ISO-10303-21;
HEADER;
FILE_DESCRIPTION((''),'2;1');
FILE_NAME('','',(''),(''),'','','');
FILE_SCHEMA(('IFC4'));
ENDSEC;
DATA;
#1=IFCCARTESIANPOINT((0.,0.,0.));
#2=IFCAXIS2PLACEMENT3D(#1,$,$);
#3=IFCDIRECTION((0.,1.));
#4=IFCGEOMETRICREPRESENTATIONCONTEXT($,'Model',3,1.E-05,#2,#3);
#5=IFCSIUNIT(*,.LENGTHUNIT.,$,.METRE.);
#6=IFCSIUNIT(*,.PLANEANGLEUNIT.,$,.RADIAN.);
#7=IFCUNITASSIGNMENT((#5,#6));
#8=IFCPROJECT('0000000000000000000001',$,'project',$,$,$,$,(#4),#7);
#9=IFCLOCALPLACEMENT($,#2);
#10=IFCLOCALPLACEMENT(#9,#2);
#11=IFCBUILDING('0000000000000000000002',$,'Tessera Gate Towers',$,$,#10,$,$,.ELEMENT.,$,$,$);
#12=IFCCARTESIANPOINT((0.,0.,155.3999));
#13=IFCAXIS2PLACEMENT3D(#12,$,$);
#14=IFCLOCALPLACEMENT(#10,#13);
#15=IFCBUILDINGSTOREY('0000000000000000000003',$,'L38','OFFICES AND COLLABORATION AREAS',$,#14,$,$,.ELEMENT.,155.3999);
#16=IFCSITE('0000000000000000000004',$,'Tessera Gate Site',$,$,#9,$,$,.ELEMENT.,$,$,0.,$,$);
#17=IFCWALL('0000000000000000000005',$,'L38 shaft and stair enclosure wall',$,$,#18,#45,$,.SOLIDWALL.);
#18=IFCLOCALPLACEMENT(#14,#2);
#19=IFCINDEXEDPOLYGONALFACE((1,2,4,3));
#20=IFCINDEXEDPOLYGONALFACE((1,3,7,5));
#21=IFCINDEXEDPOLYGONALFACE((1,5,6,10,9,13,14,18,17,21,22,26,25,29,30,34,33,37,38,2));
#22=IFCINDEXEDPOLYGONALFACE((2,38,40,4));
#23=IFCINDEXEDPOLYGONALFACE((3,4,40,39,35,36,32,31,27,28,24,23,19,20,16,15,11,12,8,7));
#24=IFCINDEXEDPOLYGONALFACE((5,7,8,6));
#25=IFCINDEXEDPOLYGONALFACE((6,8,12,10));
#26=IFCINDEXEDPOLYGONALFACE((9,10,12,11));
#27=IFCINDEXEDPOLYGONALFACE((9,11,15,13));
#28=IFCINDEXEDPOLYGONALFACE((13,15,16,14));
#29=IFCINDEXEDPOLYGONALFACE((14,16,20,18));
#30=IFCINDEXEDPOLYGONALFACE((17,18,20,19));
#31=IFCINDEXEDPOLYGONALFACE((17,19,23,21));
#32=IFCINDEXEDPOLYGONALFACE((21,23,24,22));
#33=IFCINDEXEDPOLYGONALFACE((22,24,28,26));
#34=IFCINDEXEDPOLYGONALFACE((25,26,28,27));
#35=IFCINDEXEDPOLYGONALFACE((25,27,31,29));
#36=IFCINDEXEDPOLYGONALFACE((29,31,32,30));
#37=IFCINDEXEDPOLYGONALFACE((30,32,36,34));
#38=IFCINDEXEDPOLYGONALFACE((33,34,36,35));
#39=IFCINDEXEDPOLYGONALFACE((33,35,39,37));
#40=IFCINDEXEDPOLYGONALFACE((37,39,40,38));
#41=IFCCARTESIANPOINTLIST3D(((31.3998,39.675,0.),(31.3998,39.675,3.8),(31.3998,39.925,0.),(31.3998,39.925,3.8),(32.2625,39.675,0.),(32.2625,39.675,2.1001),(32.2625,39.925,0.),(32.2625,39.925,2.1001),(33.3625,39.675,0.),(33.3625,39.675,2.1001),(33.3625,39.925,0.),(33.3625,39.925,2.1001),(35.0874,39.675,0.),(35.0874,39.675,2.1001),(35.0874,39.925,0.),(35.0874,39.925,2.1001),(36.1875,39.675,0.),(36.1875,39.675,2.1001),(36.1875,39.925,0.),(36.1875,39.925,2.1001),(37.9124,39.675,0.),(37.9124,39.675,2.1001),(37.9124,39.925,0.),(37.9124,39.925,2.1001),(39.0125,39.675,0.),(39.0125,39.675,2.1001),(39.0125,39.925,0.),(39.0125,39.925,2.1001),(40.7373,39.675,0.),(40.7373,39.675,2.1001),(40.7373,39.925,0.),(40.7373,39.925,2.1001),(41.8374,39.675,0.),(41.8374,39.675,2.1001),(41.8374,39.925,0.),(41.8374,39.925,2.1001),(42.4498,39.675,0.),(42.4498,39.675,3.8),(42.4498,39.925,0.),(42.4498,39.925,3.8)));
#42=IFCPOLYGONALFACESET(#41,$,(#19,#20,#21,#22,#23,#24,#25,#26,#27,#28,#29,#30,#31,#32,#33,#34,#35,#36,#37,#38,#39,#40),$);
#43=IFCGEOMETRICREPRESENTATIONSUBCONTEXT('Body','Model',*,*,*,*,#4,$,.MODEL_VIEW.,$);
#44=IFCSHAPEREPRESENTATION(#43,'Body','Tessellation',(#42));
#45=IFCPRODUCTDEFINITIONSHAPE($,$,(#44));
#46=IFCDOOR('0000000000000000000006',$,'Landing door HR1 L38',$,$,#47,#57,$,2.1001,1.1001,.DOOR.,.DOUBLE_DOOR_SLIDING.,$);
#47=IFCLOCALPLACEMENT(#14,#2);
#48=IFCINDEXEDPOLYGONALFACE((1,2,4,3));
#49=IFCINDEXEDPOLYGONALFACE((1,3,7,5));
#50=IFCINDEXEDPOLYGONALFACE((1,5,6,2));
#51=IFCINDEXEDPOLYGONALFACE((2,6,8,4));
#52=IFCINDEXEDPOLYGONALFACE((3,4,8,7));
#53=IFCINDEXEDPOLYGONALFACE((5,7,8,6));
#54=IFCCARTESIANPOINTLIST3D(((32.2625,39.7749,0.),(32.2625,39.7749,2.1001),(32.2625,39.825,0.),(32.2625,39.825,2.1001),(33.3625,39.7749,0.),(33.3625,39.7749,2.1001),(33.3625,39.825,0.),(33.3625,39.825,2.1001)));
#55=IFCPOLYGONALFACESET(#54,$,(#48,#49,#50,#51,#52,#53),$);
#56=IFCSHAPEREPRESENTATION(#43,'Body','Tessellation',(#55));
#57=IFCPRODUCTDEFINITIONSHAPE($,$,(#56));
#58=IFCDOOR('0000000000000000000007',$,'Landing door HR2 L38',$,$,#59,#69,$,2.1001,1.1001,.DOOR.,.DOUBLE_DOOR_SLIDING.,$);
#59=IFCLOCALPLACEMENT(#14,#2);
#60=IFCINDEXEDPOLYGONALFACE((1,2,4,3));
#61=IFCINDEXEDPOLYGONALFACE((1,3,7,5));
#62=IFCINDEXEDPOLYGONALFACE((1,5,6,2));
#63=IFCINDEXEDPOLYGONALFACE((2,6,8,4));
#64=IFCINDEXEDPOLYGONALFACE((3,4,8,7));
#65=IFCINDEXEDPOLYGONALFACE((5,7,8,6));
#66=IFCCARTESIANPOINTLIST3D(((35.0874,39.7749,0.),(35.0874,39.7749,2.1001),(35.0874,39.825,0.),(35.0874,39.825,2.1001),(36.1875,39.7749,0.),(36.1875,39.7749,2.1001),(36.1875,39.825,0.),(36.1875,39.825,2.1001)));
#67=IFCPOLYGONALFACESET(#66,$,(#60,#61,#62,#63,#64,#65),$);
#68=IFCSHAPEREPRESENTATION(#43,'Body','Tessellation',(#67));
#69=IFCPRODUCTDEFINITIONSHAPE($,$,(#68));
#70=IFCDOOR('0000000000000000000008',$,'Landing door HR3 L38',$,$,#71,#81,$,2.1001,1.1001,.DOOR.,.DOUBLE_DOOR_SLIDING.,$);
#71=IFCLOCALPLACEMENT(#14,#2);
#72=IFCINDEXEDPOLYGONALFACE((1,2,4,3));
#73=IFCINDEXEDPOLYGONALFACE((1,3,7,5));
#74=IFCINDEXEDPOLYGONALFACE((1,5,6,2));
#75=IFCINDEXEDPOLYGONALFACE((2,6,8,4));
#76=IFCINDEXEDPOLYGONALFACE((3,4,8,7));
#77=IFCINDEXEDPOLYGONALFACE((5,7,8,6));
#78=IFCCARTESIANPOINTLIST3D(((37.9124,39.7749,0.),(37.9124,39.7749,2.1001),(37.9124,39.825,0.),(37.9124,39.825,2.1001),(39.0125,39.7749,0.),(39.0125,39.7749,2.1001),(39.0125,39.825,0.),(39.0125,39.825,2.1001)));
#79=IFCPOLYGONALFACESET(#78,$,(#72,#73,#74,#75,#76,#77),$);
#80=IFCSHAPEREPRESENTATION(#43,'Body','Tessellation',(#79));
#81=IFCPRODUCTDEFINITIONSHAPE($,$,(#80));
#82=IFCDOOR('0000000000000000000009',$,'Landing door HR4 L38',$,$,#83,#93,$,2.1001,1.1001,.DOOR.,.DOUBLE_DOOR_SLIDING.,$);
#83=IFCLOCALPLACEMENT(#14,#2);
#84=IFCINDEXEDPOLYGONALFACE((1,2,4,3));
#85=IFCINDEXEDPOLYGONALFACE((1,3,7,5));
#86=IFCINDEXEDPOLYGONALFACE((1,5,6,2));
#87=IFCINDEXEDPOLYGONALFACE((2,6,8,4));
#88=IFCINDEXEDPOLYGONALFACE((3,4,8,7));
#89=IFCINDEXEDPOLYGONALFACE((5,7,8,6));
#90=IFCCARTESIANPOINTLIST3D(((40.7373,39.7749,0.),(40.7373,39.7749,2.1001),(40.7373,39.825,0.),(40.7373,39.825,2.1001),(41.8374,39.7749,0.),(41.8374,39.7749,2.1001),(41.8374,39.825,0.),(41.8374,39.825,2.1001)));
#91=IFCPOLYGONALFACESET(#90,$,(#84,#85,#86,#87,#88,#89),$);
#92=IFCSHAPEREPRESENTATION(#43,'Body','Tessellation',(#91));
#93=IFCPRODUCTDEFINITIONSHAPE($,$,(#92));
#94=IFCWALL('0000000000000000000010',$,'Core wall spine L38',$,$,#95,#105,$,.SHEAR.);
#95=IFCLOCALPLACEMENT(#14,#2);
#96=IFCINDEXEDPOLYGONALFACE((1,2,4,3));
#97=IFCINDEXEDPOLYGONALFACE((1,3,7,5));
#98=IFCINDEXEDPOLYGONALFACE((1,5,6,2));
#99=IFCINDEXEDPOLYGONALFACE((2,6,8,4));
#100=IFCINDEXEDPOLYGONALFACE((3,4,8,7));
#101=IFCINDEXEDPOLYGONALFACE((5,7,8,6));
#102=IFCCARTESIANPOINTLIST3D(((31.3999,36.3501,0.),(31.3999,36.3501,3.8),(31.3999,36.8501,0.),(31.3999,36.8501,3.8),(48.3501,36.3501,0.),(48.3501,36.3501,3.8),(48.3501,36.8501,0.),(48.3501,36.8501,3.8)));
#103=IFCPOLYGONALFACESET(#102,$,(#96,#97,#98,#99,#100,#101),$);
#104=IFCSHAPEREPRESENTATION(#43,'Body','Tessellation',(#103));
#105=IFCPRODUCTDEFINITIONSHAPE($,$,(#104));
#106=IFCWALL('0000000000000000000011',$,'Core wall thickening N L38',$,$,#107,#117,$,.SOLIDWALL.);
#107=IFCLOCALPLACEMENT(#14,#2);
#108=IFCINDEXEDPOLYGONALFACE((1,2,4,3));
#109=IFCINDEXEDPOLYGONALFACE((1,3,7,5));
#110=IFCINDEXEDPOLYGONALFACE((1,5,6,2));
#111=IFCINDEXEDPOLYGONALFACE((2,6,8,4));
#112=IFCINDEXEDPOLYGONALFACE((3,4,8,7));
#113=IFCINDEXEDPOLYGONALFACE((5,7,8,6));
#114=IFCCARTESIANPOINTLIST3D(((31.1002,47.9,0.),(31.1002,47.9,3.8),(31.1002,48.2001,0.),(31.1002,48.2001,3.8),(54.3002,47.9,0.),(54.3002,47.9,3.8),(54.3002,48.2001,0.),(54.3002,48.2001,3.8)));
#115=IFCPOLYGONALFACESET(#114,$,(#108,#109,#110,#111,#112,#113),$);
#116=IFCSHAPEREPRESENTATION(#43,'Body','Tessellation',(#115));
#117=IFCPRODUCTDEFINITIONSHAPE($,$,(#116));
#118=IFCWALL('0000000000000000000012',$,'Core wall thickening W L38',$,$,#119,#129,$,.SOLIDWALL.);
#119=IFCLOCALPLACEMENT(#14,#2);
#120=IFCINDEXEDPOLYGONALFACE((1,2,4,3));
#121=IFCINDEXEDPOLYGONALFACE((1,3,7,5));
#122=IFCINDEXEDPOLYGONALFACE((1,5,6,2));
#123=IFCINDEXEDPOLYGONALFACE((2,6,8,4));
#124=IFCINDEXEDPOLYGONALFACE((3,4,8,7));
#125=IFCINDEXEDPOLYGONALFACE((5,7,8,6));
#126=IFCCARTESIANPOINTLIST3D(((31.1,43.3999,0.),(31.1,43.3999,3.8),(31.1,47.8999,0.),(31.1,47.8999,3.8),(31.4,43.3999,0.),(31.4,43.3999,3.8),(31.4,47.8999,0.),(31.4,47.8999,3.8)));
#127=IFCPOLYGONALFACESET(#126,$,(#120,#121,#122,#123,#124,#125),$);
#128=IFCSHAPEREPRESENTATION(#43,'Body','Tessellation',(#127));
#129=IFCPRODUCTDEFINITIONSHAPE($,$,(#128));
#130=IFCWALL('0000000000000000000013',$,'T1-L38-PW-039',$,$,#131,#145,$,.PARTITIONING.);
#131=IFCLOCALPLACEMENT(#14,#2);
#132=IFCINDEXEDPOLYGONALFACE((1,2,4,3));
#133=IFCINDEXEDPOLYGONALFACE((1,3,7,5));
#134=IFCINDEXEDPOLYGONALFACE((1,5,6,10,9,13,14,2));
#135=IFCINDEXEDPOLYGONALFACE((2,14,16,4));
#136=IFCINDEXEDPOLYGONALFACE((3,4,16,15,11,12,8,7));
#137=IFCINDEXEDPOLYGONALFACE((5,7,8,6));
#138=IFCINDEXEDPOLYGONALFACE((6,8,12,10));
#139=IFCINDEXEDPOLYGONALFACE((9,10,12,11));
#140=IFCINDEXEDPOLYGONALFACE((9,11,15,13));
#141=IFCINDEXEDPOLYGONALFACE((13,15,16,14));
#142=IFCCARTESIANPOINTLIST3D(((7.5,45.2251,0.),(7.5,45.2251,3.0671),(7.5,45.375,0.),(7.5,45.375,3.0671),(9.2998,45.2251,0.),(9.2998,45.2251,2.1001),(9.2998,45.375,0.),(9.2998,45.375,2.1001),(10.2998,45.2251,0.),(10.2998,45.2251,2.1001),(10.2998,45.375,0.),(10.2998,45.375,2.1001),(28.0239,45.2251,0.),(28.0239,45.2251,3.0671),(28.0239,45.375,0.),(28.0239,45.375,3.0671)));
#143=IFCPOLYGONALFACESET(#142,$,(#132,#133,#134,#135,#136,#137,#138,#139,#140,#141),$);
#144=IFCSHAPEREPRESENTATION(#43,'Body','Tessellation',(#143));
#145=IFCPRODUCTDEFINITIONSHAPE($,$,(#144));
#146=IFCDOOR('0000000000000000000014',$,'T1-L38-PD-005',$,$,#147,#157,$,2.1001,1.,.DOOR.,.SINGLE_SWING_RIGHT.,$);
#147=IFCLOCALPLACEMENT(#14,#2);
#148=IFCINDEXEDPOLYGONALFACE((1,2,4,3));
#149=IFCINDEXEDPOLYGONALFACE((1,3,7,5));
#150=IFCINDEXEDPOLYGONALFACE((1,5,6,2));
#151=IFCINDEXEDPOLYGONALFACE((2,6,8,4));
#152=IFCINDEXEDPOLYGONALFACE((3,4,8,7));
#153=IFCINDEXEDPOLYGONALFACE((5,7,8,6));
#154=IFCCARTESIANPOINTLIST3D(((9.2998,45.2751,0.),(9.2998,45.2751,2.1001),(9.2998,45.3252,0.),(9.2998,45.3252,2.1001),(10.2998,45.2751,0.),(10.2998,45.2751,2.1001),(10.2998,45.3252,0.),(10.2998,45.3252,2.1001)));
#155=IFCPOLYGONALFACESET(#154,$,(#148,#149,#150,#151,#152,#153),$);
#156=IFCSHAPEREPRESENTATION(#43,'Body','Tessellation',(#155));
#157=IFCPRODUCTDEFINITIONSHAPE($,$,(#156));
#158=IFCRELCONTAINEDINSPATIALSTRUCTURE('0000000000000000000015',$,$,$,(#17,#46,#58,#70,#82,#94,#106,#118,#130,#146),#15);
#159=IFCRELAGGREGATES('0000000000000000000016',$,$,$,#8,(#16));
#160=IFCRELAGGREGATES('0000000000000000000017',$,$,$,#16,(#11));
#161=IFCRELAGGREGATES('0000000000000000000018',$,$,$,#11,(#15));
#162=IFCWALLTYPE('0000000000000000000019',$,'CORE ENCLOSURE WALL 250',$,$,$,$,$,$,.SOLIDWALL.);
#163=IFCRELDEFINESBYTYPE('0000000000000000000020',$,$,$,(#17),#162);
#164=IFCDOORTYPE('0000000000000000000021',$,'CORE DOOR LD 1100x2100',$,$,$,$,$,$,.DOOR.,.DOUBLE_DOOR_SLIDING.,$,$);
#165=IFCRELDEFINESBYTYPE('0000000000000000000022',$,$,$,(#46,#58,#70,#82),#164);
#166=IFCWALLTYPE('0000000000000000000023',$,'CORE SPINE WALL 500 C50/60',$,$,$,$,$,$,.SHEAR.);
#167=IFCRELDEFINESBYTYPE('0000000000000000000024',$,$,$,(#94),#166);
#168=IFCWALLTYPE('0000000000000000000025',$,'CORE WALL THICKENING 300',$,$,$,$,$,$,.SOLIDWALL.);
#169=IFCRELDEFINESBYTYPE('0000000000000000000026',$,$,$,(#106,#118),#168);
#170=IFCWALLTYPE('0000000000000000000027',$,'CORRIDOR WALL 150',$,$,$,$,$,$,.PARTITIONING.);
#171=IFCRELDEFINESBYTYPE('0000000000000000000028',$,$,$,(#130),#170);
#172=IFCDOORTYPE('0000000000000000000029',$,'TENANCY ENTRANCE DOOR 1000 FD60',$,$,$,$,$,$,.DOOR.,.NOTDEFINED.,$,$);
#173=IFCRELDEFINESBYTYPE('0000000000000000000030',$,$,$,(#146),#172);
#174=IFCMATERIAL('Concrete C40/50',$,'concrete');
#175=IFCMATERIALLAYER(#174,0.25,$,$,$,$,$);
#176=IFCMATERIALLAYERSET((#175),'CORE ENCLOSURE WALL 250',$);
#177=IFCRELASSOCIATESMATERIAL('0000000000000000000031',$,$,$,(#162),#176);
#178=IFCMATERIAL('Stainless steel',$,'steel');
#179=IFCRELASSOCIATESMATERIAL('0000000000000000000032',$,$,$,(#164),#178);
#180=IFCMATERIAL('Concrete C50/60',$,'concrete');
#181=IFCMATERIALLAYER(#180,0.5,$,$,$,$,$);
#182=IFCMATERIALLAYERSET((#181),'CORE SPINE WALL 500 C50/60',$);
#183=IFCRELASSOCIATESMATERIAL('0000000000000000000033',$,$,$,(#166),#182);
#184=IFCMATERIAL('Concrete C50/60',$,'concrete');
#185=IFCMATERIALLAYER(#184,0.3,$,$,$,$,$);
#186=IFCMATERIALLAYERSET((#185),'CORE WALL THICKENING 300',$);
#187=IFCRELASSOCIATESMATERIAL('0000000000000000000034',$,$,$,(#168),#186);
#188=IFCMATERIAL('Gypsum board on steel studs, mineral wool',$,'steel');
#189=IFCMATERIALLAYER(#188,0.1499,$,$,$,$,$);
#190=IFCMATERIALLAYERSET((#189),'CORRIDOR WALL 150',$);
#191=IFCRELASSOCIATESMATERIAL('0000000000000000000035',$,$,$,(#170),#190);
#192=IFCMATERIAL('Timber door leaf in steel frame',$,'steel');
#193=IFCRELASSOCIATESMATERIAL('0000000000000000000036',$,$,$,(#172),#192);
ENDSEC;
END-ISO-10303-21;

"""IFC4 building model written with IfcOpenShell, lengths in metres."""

from ifc_helpers import new_model, si_unit, direction, frame, frame_2d, origin, place, context, subcontext, project, spatial, rectangle, extrude, source, transform, mapped, material, layer, layer_set, type_object, element, fill, save


model = new_model("IFC4")

# Units and contexts
model_context = context("Model", 3, precision=1e-05, world=origin(), true_north=direction((0.0, 1.0)))
body_context = subcontext(model_context, "Body", "Model", "MODEL_VIEW")
ifc_project = project(units=[si_unit("LENGTHUNIT", "METRE"), si_unit("PLANEANGLEUNIT", "RADIAN")], contexts=[model_context])

# Site, building, storey
site_placement = place(None, origin())
site = spatial("IfcSite", under=ifc_project, at=site_placement, Name="Tessera Gate Site", CompositionType="ELEMENT", RefElevation=0.0)
building_placement = place(site_placement, origin())
building = spatial("IfcBuilding", under=site, at=building_placement, Name="Tessera Gate Towers", CompositionType="ELEMENT")
storey_placement = place(building_placement, frame((0.0, 0.0, 155.3999)))
storey = spatial("IfcBuildingStorey", under=building, at=storey_placement, Name="L38", Description="OFFICES AND COLLABORATION AREAS", CompositionType="ELEMENT", Elevation=155.3999)

# Wall, openings, doors
ifc_material_1 = material(Name="Concrete C40/50", Category="concrete")
ifc_layer_1 = layer(ifc_material_1, 0.25)
ifc_layer_set_1 = layer_set([ifc_layer_1], Name="CORE ENCLOSURE WALL 250")
wall_type_1 = type_object("IfcWallType", Name="CORE ENCLOSURE WALL 250", PredefinedType="SOLIDWALL", material=ifc_layer_set_1)
wall_1_placement = place(storey_placement, frame((31.3999, 39.8, 0.0), z_axis=(0.0, 0.0, 1.0), x_axis=(1.0, 0.0, 0.0)))
wall_1 = element("IfcWall", 1, at=wall_1_placement, inside=storey, type_object=wall_type_1, Name="L38 shaft and stair enclosure wall", PredefinedType="SOLIDWALL", context=body_context, shape_type="SweptSolid", body=[
    extrude(rectangle(XDim=11.05, YDim=0.25, at=frame_2d((5.5249, 0.0))), origin(), (0.0, 0.0, 1.0), 3.8),
])
shared_shape_1 = source(origin(), body_context, "Body", "SweptSolid", [
    extrude(rectangle(XDim=1.1001, YDim=2.1001, at=frame_2d((0.55, 1.05))), frame((0.0, 0.135, 0.0), z_axis=(0.0, -1.0, 0.0), x_axis=(1.0, 0.0, 0.0)), (0.0, 0.0, 1.0), 0.27),
])
opening_1_placement = place(wall_1_placement, frame((0.8625, 0.0, 0.0)))
opening_1 = element("IfcOpeningElement", 2, at=opening_1_placement, cuts=wall_1, PredefinedType="OPENING", context=body_context, shape_type="MappedRepresentation", body=[
    mapped(shared_shape_1, transform((0.0, 0.0, 0.0), scale=1.0)),
])
opening_2_placement = place(wall_1_placement, frame((3.6875, 0.0, 0.0)))
opening_2 = element("IfcOpeningElement", 3, at=opening_2_placement, cuts=wall_1, PredefinedType="OPENING", context=body_context, shape_type="MappedRepresentation", body=[
    mapped(shared_shape_1, transform((0.0, 0.0, 0.0), scale=1.0)),
])
opening_3_placement = place(wall_1_placement, frame((6.5125, 0.0, 0.0)))
opening_3 = element("IfcOpeningElement", 4, at=opening_3_placement, cuts=wall_1, PredefinedType="OPENING", context=body_context, shape_type="MappedRepresentation", body=[
    mapped(shared_shape_1, transform((0.0, 0.0, 0.0), scale=1.0)),
])
opening_4_placement = place(wall_1_placement, frame((9.3374, 0.0, 0.0)))
opening_4 = element("IfcOpeningElement", 5, at=opening_4_placement, cuts=wall_1, PredefinedType="OPENING", context=body_context, shape_type="MappedRepresentation", body=[
    mapped(shared_shape_1, transform((0.0, 0.0, 0.0), scale=1.0)),
])
ifc_material_2 = material(Name="Stainless steel", Category="steel")
door_type_1 = type_object("IfcDoorType", Name="CORE DOOR LD 1100x2100", OperationType="DOUBLE_DOOR_SLIDING", PredefinedType="DOOR", material=ifc_material_2)
shared_shape_2 = source(origin(), body_context, "Body", "SweptSolid", [
    extrude(rectangle(XDim=1.1001, YDim=2.1001, at=frame_2d((0.55, 1.05))), frame((0.0, 0.0249, 0.0), z_axis=(0.0, -1.0, 0.0), x_axis=(1.0, 0.0, 0.0)), (0.0, 0.0, 1.0), 0.05),
])
door_1_placement = place(opening_1_placement, origin())
door_1 = element("IfcDoor", 6, at=door_1_placement, inside=storey, type_object=door_type_1, Name="Landing door HR1 L38", OperationType="DOUBLE_DOOR_SLIDING", OverallHeight=2.1001, OverallWidth=1.1001, PredefinedType="DOOR", context=body_context, shape_type="MappedRepresentation", body=[
    mapped(shared_shape_2, transform((0.0, 0.0, 0.0), scale=1.0)),
])
fill(opening_1, door_1)
door_2_placement = place(opening_2_placement, origin())
door_2 = element("IfcDoor", 7, at=door_2_placement, inside=storey, type_object=door_type_1, Name="Landing door HR2 L38", OperationType="DOUBLE_DOOR_SLIDING", OverallHeight=2.1001, OverallWidth=1.1001, PredefinedType="DOOR", context=body_context, shape_type="MappedRepresentation", body=[
    mapped(shared_shape_2, transform((0.0, 0.0, 0.0), scale=1.0)),
])
fill(opening_2, door_2)
door_3_placement = place(opening_3_placement, origin())
door_3 = element("IfcDoor", 8, at=door_3_placement, inside=storey, type_object=door_type_1, Name="Landing door HR3 L38", OperationType="DOUBLE_DOOR_SLIDING", OverallHeight=2.1001, OverallWidth=1.1001, PredefinedType="DOOR", context=body_context, shape_type="MappedRepresentation", body=[
    mapped(shared_shape_2, transform((0.0, 0.0, 0.0), scale=1.0)),
])
fill(opening_3, door_3)
door_4_placement = place(opening_4_placement, origin())
door_4 = element("IfcDoor", 9, at=door_4_placement, inside=storey, type_object=door_type_1, Name="Landing door HR4 L38", OperationType="DOUBLE_DOOR_SLIDING", OverallHeight=2.1001, OverallWidth=1.1001, PredefinedType="DOOR", context=body_context, shape_type="MappedRepresentation", body=[
    mapped(shared_shape_2, transform((0.0, 0.0, 0.0), scale=1.0)),
])
fill(opening_4, door_4)

# Walls
ifc_material_3 = material(Name="Concrete C50/60", Category="concrete")
ifc_layer_2 = layer(ifc_material_3, 0.5)
ifc_layer_set_2 = layer_set([ifc_layer_2], Name="CORE SPINE WALL 500 C50/60")
wall_type_2 = type_object("IfcWallType", Name="CORE SPINE WALL 500 C50/60", PredefinedType="SHEAR", material=ifc_layer_set_2)
wall_2_placement = place(storey_placement, frame((31.3999, 36.6001, 0.0), z_axis=(0.0, 0.0, 1.0), x_axis=(1.0, 0.0, 0.0)))
element("IfcWall", 10, at=wall_2_placement, inside=storey, type_object=wall_type_2, Name="Core wall spine L38", PredefinedType="SHEAR", context=body_context, shape_type="SweptSolid", body=[
    extrude(rectangle(XDim=16.9502, YDim=0.5, at=frame_2d((8.4751, 0.0))), origin(), (0.0, 0.0, 1.0), 3.8),
])
ifc_material_4 = material(Name="Concrete C50/60", Category="concrete")
ifc_layer_3 = layer(ifc_material_4, 0.3)
ifc_layer_set_3 = layer_set([ifc_layer_3], Name="CORE WALL THICKENING 300")
wall_type_3 = type_object("IfcWallType", Name="CORE WALL THICKENING 300", PredefinedType="SOLIDWALL", material=ifc_layer_set_3)
wall_3_placement = place(storey_placement, frame((31.1001, 48.05, 0.0), z_axis=(0.0, 0.0, 1.0), x_axis=(1.0, 0.0, 0.0)))
element("IfcWall", 11, at=wall_3_placement, inside=storey, type_object=wall_type_3, Name="Core wall thickening N L38", PredefinedType="SOLIDWALL", context=body_context, shape_type="SweptSolid", body=[
    extrude(rectangle(XDim=23.2, YDim=0.3, at=frame_2d((11.6001, 0.0))), origin(), (0.0, 0.0, 1.0), 3.8),
])
wall_4_placement = place(storey_placement, frame((31.25, 43.3999, 0.0), z_axis=(0.0, 0.0, 1.0), x_axis=(0.0, 1.0, 0.0)))
element("IfcWall", 12, at=wall_4_placement, inside=storey, type_object=wall_type_3, Name="Core wall thickening W L38", PredefinedType="SOLIDWALL", context=body_context, shape_type="SweptSolid", body=[
    extrude(rectangle(XDim=4.5, YDim=0.3, at=frame_2d((2.25, 0.0))), origin(), (0.0, 0.0, 1.0), 3.8),
])

# Wall, opening, door
ifc_material_5 = material(Name="Gypsum board on steel studs, mineral wool", Category="steel")
ifc_layer_4 = layer(ifc_material_5, 0.1499)
ifc_layer_set_4 = layer_set([ifc_layer_4], Name="CORRIDOR WALL 150")
wall_type_4 = type_object("IfcWallType", Name="CORRIDOR WALL 150", PredefinedType="PARTITIONING", material=ifc_layer_set_4)
wall_5_placement = place(storey_placement, frame((28.0239, 45.3, 0.0), z_axis=(0.0, 0.0, 1.0), x_axis=(-1.0, 0.0, 0.0)))
wall_5 = element("IfcWall", 13, at=wall_5_placement, inside=storey, type_object=wall_type_4, Name="T1-L38-PW-039", PredefinedType="PARTITIONING", context=body_context, shape_type="SweptSolid", body=[
    extrude(rectangle(XDim=20.5239, YDim=0.1499, at=frame_2d((10.262, 0.0))), origin(), (0.0, 0.0, 1.0), 3.0671),
])
shared_shape_3 = source(origin(), body_context, "Body", "SweptSolid", [
    extrude(rectangle(XDim=1.0, YDim=2.1001, at=frame_2d((0.5, 1.05))), frame((0.0, 0.085, 0.0), z_axis=(0.0, -1.0, 0.0), x_axis=(1.0, 0.0, 0.0)), (0.0, 0.0, 1.0), 0.1699),
])
opening_5_placement = place(wall_5_placement, frame((17.7241, 0.0, 0.0)))
opening_5 = element("IfcOpeningElement", 14, at=opening_5_placement, cuts=wall_5, PredefinedType="OPENING", context=body_context, shape_type="MappedRepresentation", body=[
    mapped(shared_shape_3, transform((0.0, 0.0, 0.0), scale=1.0)),
])
ifc_material_6 = material(Name="Timber door leaf in steel frame", Category="steel")
door_type_2 = type_object("IfcDoorType", Name="TENANCY ENTRANCE DOOR 1000 FD60", OperationType="NOTDEFINED", PredefinedType="DOOR", material=ifc_material_6)
shared_shape_4 = source(origin(), body_context, "Body", "SweptSolid", [
    extrude(rectangle(XDim=1.0, YDim=2.1001, at=frame_2d((0.5, 1.05))), frame((0.0, 0.0249, 0.0), z_axis=(0.0, -1.0, 0.0), x_axis=(1.0, 0.0, 0.0)), (0.0, 0.0, 1.0), 0.05),
])
door_5_placement = place(opening_5_placement, origin())
door_5 = element("IfcDoor", 15, at=door_5_placement, inside=storey, type_object=door_type_2, Name="T1-L38-PD-005", OperationType="SINGLE_SWING_RIGHT", OverallHeight=2.1001, OverallWidth=1.0, PredefinedType="DOOR", context=body_context, shape_type="MappedRepresentation", body=[
    mapped(shared_shape_4, transform((0.0, 0.0, 0.0), scale=1.0)),
])
fill(opening_5, door_5)

save(model, "model.ifc")
